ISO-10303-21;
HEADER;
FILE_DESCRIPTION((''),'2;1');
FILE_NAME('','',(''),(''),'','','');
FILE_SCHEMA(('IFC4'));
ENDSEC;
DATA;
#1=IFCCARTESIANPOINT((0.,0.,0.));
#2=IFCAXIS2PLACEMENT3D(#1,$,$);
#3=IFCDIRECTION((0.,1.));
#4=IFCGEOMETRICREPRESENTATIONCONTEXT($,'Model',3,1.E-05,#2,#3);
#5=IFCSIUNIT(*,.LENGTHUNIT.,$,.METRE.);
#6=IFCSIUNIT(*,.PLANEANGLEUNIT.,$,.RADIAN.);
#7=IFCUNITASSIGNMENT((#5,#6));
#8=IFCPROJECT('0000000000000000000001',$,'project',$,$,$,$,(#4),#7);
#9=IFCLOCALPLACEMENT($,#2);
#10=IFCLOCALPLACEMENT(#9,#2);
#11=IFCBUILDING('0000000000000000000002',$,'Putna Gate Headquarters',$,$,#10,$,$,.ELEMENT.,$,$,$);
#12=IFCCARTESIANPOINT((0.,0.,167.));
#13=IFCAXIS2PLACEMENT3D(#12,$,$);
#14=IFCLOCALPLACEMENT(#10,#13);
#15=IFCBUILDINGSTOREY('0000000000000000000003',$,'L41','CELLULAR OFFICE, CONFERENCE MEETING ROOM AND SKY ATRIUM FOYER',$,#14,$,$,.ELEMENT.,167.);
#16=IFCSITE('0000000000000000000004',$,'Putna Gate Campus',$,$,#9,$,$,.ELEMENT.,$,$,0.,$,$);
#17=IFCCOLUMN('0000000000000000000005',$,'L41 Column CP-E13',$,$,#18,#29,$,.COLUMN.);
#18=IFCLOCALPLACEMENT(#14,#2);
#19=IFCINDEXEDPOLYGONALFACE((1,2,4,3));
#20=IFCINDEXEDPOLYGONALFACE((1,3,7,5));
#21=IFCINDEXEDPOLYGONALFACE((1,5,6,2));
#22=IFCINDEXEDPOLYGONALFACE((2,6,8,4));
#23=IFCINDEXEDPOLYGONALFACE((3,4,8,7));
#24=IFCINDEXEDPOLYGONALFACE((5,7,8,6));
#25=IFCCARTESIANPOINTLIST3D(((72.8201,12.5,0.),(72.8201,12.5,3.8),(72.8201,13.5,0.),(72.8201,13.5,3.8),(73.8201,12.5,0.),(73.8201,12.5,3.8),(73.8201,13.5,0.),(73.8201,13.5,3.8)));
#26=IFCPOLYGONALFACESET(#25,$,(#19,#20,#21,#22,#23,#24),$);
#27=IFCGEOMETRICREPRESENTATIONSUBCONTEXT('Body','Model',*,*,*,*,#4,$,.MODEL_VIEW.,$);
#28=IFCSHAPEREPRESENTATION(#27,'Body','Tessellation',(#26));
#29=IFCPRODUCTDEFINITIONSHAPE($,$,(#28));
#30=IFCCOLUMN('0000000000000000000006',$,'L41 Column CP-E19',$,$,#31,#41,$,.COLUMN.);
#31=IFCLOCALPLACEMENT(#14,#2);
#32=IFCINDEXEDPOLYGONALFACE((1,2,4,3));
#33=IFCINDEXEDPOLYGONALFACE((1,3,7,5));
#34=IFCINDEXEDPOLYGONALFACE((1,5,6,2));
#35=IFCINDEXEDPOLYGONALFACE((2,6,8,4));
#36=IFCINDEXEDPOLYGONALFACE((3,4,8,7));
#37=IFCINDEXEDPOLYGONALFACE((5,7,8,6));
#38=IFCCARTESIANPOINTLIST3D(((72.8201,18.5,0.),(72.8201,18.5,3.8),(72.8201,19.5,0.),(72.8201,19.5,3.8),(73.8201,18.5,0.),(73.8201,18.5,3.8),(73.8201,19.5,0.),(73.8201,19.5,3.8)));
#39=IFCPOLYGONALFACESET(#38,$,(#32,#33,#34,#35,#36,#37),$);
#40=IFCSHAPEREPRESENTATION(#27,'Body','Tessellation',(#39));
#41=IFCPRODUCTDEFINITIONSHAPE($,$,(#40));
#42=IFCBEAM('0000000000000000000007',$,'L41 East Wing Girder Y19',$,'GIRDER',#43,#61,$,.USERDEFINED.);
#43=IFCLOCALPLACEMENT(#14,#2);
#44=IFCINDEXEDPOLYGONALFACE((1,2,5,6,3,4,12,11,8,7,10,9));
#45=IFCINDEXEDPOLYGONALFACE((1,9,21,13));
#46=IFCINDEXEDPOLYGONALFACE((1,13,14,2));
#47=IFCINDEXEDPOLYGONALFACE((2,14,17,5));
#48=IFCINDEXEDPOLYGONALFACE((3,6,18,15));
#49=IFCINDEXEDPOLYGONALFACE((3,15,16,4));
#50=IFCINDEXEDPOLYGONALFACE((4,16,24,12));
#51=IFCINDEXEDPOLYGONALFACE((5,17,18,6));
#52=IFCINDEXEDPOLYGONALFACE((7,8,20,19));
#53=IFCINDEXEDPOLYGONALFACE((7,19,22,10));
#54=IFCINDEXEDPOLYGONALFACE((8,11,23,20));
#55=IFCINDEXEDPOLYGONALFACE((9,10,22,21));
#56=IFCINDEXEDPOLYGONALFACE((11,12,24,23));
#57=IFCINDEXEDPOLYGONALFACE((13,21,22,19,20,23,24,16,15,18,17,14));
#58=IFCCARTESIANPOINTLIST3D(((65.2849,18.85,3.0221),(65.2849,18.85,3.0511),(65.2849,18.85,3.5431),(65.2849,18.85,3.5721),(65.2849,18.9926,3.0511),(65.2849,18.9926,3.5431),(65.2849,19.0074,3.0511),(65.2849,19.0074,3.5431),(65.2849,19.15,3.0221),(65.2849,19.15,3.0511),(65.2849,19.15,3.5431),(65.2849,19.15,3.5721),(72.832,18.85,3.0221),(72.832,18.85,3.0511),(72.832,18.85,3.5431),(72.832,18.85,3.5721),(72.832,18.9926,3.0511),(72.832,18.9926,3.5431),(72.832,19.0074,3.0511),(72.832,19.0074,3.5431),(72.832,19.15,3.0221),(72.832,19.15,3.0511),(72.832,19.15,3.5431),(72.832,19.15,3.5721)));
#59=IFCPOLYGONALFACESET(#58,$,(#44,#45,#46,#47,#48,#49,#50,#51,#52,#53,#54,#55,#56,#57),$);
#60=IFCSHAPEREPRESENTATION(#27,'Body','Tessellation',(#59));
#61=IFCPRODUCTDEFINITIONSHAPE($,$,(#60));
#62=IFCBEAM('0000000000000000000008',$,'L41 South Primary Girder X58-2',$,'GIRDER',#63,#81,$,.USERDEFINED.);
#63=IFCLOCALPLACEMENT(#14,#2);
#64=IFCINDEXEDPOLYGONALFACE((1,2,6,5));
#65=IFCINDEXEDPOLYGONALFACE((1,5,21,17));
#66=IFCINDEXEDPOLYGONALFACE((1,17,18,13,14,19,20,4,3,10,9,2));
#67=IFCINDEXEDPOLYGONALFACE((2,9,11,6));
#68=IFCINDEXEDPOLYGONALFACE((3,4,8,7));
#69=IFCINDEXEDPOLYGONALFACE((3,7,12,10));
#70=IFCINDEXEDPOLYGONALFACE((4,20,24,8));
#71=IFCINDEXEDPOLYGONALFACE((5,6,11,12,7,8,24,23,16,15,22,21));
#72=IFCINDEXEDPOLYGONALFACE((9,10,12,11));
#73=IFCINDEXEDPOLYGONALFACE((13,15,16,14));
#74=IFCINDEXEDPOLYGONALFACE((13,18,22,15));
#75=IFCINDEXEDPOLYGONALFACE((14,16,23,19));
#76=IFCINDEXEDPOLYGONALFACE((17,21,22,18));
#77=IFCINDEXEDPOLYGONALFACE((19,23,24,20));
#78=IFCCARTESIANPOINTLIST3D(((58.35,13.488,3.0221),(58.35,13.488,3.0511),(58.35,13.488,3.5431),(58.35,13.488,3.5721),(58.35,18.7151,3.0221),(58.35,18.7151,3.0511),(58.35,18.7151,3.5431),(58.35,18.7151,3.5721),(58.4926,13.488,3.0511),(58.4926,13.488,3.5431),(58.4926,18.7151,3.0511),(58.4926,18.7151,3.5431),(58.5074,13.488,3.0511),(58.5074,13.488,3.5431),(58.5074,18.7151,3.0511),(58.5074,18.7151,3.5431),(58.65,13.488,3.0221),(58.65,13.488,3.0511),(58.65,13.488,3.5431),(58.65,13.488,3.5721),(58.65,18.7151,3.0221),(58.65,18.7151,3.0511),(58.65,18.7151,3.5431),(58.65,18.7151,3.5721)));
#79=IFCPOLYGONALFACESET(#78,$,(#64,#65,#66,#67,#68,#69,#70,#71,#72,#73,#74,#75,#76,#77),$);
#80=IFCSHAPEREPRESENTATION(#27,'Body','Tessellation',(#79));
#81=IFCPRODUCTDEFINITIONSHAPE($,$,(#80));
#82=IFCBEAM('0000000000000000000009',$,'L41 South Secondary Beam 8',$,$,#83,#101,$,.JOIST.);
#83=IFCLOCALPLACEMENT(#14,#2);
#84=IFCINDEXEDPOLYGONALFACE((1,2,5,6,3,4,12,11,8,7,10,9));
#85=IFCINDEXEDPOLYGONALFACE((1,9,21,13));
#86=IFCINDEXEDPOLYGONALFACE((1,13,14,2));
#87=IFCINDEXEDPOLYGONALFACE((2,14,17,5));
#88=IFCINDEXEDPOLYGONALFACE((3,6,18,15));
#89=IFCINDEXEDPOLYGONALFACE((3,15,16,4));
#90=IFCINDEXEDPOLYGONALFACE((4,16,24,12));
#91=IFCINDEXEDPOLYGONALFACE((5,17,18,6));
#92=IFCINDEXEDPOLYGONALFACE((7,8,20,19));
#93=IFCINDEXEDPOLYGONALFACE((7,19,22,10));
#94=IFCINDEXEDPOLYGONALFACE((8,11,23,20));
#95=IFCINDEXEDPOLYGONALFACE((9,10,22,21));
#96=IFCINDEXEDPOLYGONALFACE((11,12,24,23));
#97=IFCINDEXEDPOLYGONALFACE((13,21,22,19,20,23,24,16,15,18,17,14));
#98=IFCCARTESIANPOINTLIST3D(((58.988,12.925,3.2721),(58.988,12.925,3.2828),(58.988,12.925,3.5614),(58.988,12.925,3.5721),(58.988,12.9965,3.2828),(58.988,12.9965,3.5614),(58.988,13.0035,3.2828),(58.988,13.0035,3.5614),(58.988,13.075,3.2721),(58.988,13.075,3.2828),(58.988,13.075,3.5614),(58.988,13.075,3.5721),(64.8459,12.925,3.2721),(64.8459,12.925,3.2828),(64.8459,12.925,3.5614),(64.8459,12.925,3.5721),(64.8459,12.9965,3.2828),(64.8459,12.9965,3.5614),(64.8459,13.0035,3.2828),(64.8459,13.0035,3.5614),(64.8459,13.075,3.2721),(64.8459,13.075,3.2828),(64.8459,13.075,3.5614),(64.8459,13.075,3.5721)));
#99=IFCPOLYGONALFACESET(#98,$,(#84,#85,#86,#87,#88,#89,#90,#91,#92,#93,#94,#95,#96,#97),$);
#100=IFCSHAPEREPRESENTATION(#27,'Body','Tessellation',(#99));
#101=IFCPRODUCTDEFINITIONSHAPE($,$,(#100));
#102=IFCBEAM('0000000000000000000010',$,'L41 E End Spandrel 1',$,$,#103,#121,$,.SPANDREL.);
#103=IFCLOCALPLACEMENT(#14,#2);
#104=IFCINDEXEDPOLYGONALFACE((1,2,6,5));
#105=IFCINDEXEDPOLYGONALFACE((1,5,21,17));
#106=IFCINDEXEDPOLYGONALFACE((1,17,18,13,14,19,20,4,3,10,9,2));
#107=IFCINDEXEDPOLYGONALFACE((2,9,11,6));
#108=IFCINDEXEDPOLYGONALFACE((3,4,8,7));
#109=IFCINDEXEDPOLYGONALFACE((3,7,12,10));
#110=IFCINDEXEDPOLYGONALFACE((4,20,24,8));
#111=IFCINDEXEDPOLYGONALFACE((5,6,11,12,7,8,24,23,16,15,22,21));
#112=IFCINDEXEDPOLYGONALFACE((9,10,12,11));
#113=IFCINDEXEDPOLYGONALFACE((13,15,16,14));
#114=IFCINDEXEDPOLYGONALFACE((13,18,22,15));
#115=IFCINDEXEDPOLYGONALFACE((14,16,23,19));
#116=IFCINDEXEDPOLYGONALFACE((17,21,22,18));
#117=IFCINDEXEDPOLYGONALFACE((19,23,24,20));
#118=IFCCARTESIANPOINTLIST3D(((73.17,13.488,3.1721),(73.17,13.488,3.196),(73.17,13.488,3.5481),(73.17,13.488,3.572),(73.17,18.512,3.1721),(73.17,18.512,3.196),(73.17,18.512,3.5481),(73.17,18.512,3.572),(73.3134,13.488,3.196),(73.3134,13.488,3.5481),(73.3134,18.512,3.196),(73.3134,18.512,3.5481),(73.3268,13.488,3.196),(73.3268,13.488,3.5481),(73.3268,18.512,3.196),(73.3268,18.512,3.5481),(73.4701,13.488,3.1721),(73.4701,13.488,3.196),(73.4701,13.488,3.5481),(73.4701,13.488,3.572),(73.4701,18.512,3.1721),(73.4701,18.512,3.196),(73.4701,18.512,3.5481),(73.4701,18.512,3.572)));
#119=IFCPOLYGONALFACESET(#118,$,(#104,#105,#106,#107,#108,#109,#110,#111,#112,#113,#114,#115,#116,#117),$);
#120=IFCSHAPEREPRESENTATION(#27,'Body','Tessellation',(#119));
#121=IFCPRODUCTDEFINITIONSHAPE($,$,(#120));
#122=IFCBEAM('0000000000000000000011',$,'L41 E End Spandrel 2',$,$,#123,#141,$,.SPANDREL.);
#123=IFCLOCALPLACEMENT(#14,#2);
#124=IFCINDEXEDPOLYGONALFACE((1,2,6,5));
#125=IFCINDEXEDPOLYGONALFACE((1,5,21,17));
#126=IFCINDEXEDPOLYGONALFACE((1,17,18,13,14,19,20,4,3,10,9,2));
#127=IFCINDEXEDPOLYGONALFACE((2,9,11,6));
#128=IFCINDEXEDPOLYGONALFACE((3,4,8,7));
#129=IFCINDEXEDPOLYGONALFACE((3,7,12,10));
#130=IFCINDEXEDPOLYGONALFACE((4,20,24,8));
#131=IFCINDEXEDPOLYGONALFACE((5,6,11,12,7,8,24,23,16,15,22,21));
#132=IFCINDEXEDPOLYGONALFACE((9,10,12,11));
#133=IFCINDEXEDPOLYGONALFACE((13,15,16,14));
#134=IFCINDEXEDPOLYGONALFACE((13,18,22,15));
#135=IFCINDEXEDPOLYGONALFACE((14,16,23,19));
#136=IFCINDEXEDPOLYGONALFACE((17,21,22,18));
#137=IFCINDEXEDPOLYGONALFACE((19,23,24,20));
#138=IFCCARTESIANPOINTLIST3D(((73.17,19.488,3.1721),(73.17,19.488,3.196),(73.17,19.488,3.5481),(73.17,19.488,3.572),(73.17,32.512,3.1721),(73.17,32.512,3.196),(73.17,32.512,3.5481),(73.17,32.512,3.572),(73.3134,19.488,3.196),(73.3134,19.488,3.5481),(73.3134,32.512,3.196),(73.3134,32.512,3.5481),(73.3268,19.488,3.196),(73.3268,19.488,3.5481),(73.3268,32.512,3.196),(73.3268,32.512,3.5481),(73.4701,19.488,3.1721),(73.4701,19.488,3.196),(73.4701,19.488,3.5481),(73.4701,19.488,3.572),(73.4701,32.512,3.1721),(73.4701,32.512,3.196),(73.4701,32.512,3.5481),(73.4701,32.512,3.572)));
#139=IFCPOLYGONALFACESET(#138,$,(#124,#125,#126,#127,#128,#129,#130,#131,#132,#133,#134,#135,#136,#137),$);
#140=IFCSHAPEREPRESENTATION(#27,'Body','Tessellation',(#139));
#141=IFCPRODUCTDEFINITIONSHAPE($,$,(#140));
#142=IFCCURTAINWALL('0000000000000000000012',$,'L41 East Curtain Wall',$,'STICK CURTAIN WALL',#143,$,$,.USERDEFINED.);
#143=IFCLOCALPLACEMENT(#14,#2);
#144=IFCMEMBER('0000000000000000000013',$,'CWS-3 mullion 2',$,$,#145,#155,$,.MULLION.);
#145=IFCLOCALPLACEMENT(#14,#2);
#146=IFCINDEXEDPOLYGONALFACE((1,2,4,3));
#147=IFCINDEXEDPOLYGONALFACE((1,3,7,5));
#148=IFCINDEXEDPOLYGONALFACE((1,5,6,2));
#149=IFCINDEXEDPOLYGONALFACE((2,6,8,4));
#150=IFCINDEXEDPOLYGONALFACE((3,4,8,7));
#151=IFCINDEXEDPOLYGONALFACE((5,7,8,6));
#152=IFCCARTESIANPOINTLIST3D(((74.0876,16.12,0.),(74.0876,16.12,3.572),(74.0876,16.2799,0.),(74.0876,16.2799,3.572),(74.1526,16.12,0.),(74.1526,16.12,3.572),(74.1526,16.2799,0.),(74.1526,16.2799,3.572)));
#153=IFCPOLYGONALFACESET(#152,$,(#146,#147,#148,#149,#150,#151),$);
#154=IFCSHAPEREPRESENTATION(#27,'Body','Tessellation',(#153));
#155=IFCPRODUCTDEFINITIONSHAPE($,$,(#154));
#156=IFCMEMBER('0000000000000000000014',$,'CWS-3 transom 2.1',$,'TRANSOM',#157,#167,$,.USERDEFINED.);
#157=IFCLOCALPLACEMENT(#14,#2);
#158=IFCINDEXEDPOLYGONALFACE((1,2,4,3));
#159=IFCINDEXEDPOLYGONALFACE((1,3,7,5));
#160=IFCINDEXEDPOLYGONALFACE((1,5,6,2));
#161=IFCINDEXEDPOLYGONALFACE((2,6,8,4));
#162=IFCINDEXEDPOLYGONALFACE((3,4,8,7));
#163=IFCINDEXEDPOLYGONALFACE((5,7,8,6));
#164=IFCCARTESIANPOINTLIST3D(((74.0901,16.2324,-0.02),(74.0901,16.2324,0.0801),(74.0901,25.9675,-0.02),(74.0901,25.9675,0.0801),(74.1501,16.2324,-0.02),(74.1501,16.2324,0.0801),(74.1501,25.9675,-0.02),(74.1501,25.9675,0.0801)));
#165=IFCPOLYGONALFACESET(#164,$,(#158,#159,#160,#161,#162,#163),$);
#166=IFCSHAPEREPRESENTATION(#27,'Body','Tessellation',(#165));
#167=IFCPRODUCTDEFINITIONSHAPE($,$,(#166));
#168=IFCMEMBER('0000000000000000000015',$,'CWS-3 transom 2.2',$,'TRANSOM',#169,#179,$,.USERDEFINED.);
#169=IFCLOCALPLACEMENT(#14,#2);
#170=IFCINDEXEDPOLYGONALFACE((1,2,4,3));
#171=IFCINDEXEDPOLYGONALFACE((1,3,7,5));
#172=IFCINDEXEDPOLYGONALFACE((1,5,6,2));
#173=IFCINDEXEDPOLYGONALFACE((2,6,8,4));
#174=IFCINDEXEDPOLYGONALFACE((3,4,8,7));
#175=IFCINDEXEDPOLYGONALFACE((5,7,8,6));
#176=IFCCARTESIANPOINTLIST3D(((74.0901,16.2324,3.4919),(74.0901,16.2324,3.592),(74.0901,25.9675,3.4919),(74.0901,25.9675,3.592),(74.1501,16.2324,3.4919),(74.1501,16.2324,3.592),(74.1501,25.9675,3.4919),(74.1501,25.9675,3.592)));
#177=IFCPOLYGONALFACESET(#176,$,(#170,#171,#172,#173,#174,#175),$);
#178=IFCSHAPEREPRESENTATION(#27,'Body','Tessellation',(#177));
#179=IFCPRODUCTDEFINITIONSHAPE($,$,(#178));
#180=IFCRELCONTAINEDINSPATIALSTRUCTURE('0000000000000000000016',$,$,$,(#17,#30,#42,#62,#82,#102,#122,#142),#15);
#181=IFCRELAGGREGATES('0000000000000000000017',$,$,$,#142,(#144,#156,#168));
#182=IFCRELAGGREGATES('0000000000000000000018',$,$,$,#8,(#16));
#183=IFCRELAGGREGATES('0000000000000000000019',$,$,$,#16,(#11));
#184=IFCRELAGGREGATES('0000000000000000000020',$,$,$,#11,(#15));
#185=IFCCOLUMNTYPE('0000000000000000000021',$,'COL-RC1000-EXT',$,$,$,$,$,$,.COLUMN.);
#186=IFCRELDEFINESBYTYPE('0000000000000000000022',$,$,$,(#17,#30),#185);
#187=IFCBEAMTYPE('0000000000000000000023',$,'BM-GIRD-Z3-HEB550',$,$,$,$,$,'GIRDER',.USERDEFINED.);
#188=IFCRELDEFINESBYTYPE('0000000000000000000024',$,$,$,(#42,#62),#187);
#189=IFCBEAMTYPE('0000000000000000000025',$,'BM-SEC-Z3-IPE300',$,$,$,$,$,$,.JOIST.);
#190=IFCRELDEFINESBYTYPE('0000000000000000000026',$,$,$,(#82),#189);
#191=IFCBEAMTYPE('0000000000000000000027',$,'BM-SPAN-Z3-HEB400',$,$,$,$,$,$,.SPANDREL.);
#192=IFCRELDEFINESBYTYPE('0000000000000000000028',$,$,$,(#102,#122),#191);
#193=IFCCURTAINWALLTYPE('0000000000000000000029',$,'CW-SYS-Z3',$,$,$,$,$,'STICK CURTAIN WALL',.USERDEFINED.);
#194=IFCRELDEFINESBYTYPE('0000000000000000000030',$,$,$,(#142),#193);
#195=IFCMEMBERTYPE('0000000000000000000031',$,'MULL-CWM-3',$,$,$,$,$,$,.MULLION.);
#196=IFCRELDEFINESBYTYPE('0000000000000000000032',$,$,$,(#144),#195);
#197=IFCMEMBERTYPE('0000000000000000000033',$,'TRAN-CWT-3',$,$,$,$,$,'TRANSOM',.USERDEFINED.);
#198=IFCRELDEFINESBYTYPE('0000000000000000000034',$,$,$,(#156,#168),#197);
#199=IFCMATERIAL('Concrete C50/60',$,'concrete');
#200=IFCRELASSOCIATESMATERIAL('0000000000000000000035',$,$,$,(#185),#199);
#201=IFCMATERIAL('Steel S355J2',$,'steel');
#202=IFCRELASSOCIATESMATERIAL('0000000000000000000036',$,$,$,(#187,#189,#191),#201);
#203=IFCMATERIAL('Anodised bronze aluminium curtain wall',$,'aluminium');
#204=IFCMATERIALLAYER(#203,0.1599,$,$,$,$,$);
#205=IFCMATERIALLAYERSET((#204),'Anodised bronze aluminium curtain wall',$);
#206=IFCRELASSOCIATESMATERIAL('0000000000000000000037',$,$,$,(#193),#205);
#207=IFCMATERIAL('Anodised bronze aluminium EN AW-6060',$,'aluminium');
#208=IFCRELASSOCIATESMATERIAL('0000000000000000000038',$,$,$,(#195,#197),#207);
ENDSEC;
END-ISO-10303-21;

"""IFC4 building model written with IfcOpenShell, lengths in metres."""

from ifc_helpers import new_model, si_unit, direction, frame, origin, origin_2d, place, context, subcontext, project, spatial, rectangle, i_section, extrude, material, layer, layer_set, material_profile, profile_set, type_object, element, aggregate, save


model = new_model("IFC4")

# Units and contexts
model_context = context("Model", 3, precision=1e-05, world=origin(), true_north=direction((0.0, 1.0)))
body_context = subcontext(model_context, "Body", "Model", "MODEL_VIEW")
ifc_project = project(units=[si_unit("LENGTHUNIT", "METRE"), si_unit("PLANEANGLEUNIT", "RADIAN")], contexts=[model_context])

# Site, building, storey
site_placement = place(None, origin())
site = spatial("IfcSite", under=ifc_project, at=site_placement, Name="Putna Gate Campus", CompositionType="ELEMENT", RefElevation=0.0)
building_placement = place(site_placement, origin())
building = spatial("IfcBuilding", under=site, at=building_placement, Name="Putna Gate Headquarters", CompositionType="ELEMENT")
storey_placement = place(building_placement, frame((0.0, 0.0, 167.0)))
storey = spatial("IfcBuildingStorey", under=building, at=storey_placement, Name="L41", Description="CELLULAR OFFICE, CONFERENCE MEETING ROOM AND SKY ATRIUM FOYER", CompositionType="ELEMENT", Elevation=167.0)

# Columns
ifc_material_1 = material(Name="Concrete C50/60", Category="concrete")
ifc_material_profile_1 = material_profile(ifc_material_1, rectangle(XDim=1.0, YDim=1.0, at=origin_2d()), Name="Concrete C50/60")
ifc_profile_set_1 = profile_set([ifc_material_profile_1], Name="Concrete C50/60")
column_type = type_object("IfcColumnType", Name="COL-RC1000-EXT", PredefinedType="COLUMN", material=ifc_profile_set_1)
for number, where, z_axis, x_axis, name in (
    (1, (73.3201, 13.0, 0.0), (0.0, 0.0, 1.0), (1.0, 0.0, 0.0), "L41 Column CP-E13"),
    (2, (73.3201, 19.0, 0.0), (0.0, 0.0, 1.0), (1.0, 0.0, 0.0), "L41 Column CP-E19"),
):
    element("IfcColumn", number, at=place(storey_placement, frame(where, z_axis=z_axis, x_axis=x_axis)), inside=storey, type_object=column_type, Name=name, PredefinedType="COLUMN", context=body_context, shape_type="SweptSolid", body=[
        extrude(rectangle(XDim=1.0, YDim=1.0, at=origin_2d()), origin(), (0.0, 0.0, 1.0), 3.8),
    ])

# Beams
ifc_material_2 = material(Name="Steel S355J2", Category="steel")
ifc_material_profile_2 = material_profile(ifc_material_2, i_section(OverallWidth=0.3, OverallDepth=0.55, WebThickness=0.0149, FlangeThickness=0.0291, at=origin_2d()), Name="Steel S355J2")
ifc_profile_set_2 = profile_set([ifc_material_profile_2], Name="Steel S355J2")
beam_type_1 = type_object("IfcBeamType", Name="BM-GIRD-Z3-HEB550", ElementType="GIRDER", PredefinedType="USERDEFINED", material=ifc_profile_set_2)
beam_1_placement = place(storey_placement, frame((65.2849, 19.0, 3.2971), z_axis=(1.0, 0.0, 0.0), x_axis=(0.0, 1.0, 0.0)))
element("IfcBeam", 3, at=beam_1_placement, inside=storey, type_object=beam_type_1, Name="L41 East Wing Girder Y19", ObjectType="GIRDER", PredefinedType="USERDEFINED", context=body_context, shape_type="SweptSolid", body=[
    extrude(i_section(OverallWidth=0.3, OverallDepth=0.55, WebThickness=0.0149, FlangeThickness=0.0291, at=origin_2d()), origin(), (0.0, 0.0, 1.0), 7.5471),
])
beam_2_placement = place(storey_placement, frame((58.5, 13.488, 3.2971), z_axis=(0.0, 1.0, 0.0), x_axis=(-1.0, 0.0, 0.0)))
element("IfcBeam", 4, at=beam_2_placement, inside=storey, type_object=beam_type_1, Name="L41 South Primary Girder X58-2", ObjectType="GIRDER", PredefinedType="USERDEFINED", context=body_context, shape_type="SweptSolid", body=[
    extrude(i_section(OverallWidth=0.3, OverallDepth=0.55, WebThickness=0.0149, FlangeThickness=0.0291, at=origin_2d()), origin(), (0.0, 0.0, 1.0), 5.2271),
])
ifc_material_profile_3 = material_profile(ifc_material_2, i_section(OverallWidth=0.1499, OverallDepth=0.3, WebThickness=0.0071, FlangeThickness=0.0107, at=origin_2d()), Name="Steel S355J2")
ifc_profile_set_3 = profile_set([ifc_material_profile_3], Name="Steel S355J2")
beam_type_2 = type_object("IfcBeamType", Name="BM-SEC-Z3-IPE300", PredefinedType="JOIST", material=ifc_profile_set_3)
beam_3_placement = place(storey_placement, frame((58.988, 13.0, 3.4221), z_axis=(1.0, 0.0, 0.0), x_axis=(0.0, 1.0, 0.0)))
element("IfcBeam", 5, at=beam_3_placement, inside=storey, type_object=beam_type_2, Name="L41 South Secondary Beam 8", PredefinedType="JOIST", context=body_context, shape_type="SweptSolid", body=[
    extrude(i_section(OverallWidth=0.1499, OverallDepth=0.3, WebThickness=0.0071, FlangeThickness=0.0107, at=origin_2d()), origin(), (0.0, 0.0, 1.0), 5.8579),
])
ifc_material_profile_4 = material_profile(ifc_material_2, i_section(OverallWidth=0.3, OverallDepth=0.3999, WebThickness=0.0134, FlangeThickness=0.0239, at=origin_2d()), Name="Steel S355J2")
ifc_profile_set_4 = profile_set([ifc_material_profile_4], Name="Steel S355J2")
beam_type_3 = type_object("IfcBeamType", Name="BM-SPAN-Z3-HEB400", PredefinedType="SPANDREL", material=ifc_profile_set_4)
beam_4_placement = place(storey_placement, frame((73.3201, 13.488, 3.3721), z_axis=(0.0, 1.0, 0.0), x_axis=(-1.0, 0.0, 0.0)))
element("IfcBeam", 6, at=beam_4_placement, inside=storey, type_object=beam_type_3, Name="L41 E End Spandrel 1", PredefinedType="SPANDREL", context=body_context, shape_type="SweptSolid", body=[
    extrude(i_section(OverallWidth=0.3, OverallDepth=0.3999, WebThickness=0.0134, FlangeThickness=0.0239, at=origin_2d()), origin(), (0.0, 0.0, 1.0), 5.0239),
])
beam_5_placement = place(storey_placement, frame((73.3201, 19.488, 3.3721), z_axis=(0.0, 1.0, 0.0), x_axis=(-1.0, 0.0, 0.0)))
element("IfcBeam", 7, at=beam_5_placement, inside=storey, type_object=beam_type_3, Name="L41 E End Spandrel 2", PredefinedType="SPANDREL", context=body_context, shape_type="SweptSolid", body=[
    extrude(i_section(OverallWidth=0.3, OverallDepth=0.3999, WebThickness=0.0134, FlangeThickness=0.0239, at=origin_2d()), origin(), (0.0, 0.0, 1.0), 13.0239),
])

# Curtain wall, members
ifc_material_3 = material(Name="Anodised bronze aluminium curtain wall", Category="aluminium")
ifc_layer_1 = layer(ifc_material_3, 0.1599)
ifc_layer_set_1 = layer_set([ifc_layer_1], Name="Anodised bronze aluminium curtain wall")
curtain_wall_type = type_object("IfcCurtainWallType", Name="CW-SYS-Z3", ElementType="STICK CURTAIN WALL", PredefinedType="USERDEFINED", material=ifc_layer_set_1)
curtain_wall_placement = place(storey_placement, origin())
curtain_wall = element("IfcCurtainWall", 8, at=curtain_wall_placement, inside=storey, type_object=curtain_wall_type, Name="L41 East Curtain Wall", ObjectType="STICK CURTAIN WALL", PredefinedType="USERDEFINED")
ifc_material_4 = material(Name="Anodised bronze aluminium EN AW-6060", Category="aluminium")
ifc_material_profile_5 = material_profile(ifc_material_4, rectangle(XDim=0.0649, YDim=0.1599, at=origin_2d()), Name="Anodised bronze aluminium EN AW-6060")
ifc_profile_set_5 = profile_set([ifc_material_profile_5], Name="Anodised bronze aluminium EN AW-6060")
member_type_1 = type_object("IfcMemberType", Name="MULL-CWM-3", PredefinedType="MULLION", material=ifc_profile_set_5)
member_1_placement = place(storey_placement, frame((74.1201, 16.2, 0.0), z_axis=(0.0, 0.0, 1.0), x_axis=(-1.0, 0.0, 0.0)))
member_1 = element("IfcMember", 9, at=member_1_placement, type_object=member_type_1, Name="CWS-3 mullion 2", PredefinedType="MULLION", context=body_context, shape_type="SweptSolid", body=[
    extrude(rectangle(XDim=0.0649, YDim=0.1599, at=origin_2d()), origin(), (0.0, 0.0, 1.0), 3.572),
])
ifc_material_profile_6 = material_profile(ifc_material_4, rectangle(XDim=0.0601, YDim=0.1001, at=origin_2d()), Name="Anodised bronze aluminium EN AW-6060")
ifc_profile_set_6 = profile_set([ifc_material_profile_6], Name="Anodised bronze aluminium EN AW-6060")
member_type_2 = type_object("IfcMemberType", Name="TRAN-CWT-3", ElementType="TRANSOM", PredefinedType="USERDEFINED", material=ifc_profile_set_6)
member_2_placement = place(storey_placement, frame((74.1201, 16.2324, 0.03), z_axis=(0.0, 1.0, 0.0), x_axis=(-1.0, 0.0, 0.0)))
member_2 = element("IfcMember", 10, at=member_2_placement, type_object=member_type_2, Name="CWS-3 transom 2.1", ObjectType="TRANSOM", PredefinedType="USERDEFINED", context=body_context, shape_type="SweptSolid", body=[
    extrude(rectangle(XDim=0.0601, YDim=0.1001, at=origin_2d()), origin(), (0.0, 0.0, 1.0), 9.7351),
])
member_3_placement = place(storey_placement, frame((74.1201, 16.2324, 3.542), z_axis=(0.0, 1.0, 0.0), x_axis=(-1.0, 0.0, 0.0)))
member_3 = element("IfcMember", 11, at=member_3_placement, type_object=member_type_2, Name="CWS-3 transom 2.2", ObjectType="TRANSOM", PredefinedType="USERDEFINED", context=body_context, shape_type="SweptSolid", body=[
    extrude(rectangle(XDim=0.0601, YDim=0.1001, at=origin_2d()), origin(), (0.0, 0.0, 1.0), 9.7351),
])
aggregate(curtain_wall, [member_1, member_2, member_3])

save(model, "model.ifc")
